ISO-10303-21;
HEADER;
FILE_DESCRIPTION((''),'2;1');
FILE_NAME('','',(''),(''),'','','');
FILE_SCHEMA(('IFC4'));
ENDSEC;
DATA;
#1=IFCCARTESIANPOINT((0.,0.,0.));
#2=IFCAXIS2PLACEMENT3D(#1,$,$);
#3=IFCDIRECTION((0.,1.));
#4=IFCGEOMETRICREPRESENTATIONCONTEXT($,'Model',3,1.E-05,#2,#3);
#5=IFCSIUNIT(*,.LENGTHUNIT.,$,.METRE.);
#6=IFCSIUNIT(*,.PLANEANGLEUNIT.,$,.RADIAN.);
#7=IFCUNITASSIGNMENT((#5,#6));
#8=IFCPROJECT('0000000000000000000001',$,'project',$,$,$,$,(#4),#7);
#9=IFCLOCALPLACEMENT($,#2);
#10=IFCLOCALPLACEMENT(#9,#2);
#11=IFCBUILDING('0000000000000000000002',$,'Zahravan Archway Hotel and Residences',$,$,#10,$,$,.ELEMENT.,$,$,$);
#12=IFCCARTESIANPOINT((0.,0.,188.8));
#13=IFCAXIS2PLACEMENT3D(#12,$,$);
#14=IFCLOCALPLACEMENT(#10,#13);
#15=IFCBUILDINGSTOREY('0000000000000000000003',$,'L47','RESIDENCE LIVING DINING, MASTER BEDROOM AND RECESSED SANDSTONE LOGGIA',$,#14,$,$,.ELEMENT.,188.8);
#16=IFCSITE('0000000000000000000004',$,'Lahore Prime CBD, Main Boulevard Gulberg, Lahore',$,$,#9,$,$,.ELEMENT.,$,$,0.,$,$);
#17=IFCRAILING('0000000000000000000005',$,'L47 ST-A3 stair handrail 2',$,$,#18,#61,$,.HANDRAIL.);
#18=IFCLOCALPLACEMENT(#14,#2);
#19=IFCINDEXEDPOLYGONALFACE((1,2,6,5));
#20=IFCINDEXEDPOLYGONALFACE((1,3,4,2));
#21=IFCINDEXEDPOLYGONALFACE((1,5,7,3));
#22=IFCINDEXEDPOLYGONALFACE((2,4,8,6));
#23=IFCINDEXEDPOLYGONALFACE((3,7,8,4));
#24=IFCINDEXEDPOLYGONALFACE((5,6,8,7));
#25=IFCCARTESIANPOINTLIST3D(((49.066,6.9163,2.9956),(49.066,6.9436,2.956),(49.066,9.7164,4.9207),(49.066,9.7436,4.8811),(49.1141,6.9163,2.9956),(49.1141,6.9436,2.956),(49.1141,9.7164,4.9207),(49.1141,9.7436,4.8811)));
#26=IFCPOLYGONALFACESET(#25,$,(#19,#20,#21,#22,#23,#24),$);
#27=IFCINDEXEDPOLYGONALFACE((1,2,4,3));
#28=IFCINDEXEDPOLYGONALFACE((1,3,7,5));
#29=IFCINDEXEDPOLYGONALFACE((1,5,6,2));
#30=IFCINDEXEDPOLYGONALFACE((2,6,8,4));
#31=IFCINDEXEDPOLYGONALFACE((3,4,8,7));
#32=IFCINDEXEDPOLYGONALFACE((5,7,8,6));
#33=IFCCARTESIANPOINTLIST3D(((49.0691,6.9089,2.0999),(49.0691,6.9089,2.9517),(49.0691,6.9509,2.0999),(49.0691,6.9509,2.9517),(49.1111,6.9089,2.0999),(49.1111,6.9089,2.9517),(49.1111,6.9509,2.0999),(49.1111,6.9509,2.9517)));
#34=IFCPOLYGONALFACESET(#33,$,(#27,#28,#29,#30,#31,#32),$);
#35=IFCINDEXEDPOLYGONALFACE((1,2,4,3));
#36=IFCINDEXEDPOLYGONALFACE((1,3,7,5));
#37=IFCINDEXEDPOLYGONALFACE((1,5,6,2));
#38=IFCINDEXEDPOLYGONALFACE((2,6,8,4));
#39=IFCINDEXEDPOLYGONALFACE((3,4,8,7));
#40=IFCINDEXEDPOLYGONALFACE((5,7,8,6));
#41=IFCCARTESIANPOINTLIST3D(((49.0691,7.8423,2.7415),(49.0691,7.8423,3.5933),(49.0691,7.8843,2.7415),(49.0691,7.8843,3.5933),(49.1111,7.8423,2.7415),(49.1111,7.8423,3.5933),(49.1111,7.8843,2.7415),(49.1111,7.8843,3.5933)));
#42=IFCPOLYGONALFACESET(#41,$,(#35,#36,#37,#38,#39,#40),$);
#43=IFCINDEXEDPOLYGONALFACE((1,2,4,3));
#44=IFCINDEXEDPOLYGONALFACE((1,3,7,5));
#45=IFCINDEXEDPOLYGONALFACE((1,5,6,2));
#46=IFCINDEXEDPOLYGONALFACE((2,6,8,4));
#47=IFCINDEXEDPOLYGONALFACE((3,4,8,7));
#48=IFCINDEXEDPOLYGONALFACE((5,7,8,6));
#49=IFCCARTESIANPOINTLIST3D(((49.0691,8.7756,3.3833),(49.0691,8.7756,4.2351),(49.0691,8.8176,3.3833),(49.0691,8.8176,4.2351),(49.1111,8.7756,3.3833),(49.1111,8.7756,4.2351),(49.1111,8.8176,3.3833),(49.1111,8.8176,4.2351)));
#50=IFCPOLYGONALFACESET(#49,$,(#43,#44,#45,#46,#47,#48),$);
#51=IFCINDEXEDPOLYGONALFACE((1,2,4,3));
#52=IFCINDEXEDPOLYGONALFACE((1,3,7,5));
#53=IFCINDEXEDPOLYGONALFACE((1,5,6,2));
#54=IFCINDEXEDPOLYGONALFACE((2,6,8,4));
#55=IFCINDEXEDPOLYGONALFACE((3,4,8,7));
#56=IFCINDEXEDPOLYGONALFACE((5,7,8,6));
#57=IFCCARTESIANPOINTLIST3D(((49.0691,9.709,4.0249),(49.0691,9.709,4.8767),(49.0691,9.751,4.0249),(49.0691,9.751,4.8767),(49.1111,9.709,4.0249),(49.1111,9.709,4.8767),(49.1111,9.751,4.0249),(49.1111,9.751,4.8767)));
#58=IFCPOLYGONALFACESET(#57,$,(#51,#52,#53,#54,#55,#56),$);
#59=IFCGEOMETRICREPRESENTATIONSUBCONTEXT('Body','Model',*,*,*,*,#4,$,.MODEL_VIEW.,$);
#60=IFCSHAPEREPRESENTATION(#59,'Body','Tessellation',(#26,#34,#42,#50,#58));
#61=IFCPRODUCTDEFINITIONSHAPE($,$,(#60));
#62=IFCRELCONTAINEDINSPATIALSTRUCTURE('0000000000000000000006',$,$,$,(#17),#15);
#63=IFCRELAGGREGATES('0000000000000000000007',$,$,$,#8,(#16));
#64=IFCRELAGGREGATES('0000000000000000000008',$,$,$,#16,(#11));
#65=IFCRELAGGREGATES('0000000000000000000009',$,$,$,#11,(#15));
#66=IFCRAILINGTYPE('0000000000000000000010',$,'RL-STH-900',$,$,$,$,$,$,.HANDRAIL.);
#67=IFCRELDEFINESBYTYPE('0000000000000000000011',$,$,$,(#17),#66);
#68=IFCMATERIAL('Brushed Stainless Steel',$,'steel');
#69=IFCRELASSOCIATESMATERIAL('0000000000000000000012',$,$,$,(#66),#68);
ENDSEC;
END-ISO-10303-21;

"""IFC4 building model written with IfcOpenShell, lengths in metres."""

from ifc_helpers import new_model, si_unit, direction, frame, origin, origin_2d, place, context, subcontext, project, spatial, rectangle, extrude, material, type_object, element, save


model = new_model("IFC4")

# Units and contexts
model_context = context("Model", 3, precision=1e-05, world=origin(), true_north=direction((0.0, 1.0)))
body_context = subcontext(model_context, "Body", "Model", "MODEL_VIEW")
ifc_project = project(units=[si_unit("LENGTHUNIT", "METRE"), si_unit("PLANEANGLEUNIT", "RADIAN")], contexts=[model_context])

# Site, building, storey
site_placement = place(None, origin())
site = spatial("IfcSite", under=ifc_project, at=site_placement, Name="Lahore Prime CBD, Main Boulevard Gulberg, Lahore", CompositionType="ELEMENT", RefElevation=0.0)
building_placement = place(site_placement, origin())
building = spatial("IfcBuilding", under=site, at=building_placement, Name="Zahravan Archway Hotel and Residences", CompositionType="ELEMENT")
storey_placement = place(building_placement, frame((0.0, 0.0, 188.8)))
storey = spatial("IfcBuildingStorey", under=building, at=storey_placement, Name="L47", Description="RESIDENCE LIVING DINING, MASTER BEDROOM AND RECESSED SANDSTONE LOGGIA", CompositionType="ELEMENT", Elevation=188.8)

# Railing
ifc_material_1 = material(Name="Brushed Stainless Steel", Category="steel")
railing_type_1 = type_object("IfcRailingType", Name="RL-STH-900", PredefinedType="HANDRAIL", material=ifc_material_1)
for number, where, name in (
    (1, (49.0901, 6.9299, 2.0999), "L47 ST-A3 stair handrail 2"),
):
    element("IfcRailing", number, at=place(storey_placement, frame(where)), inside=storey, type_object=railing_type_1, Name=name, PredefinedType="HANDRAIL", context=body_context, shape_type="SweptSolid", body=[
        extrude(rectangle(XDim=0.0481, YDim=0.0481, at=origin_2d()), frame((0.0, 0.0, 0.876), z_axis=(0.0, 0.82404, 0.566532), x_axis=(-1.0, 0.0, 0.0)), (0.0, 0.0, 1.0), 3.3979),
        extrude(rectangle(XDim=0.042, YDim=0.042, at=origin_2d()), origin(), (0.0, 0.0, 1.0), 0.8518),
        extrude(rectangle(XDim=0.042, YDim=0.042, at=origin_2d()), frame((0.0, 0.9333, 0.6416)), (0.0, 0.0, 1.0), 0.8518),
        extrude(rectangle(XDim=0.042, YDim=0.042, at=origin_2d()), frame((0.0, 1.8667, 1.2834)), (0.0, 0.0, 1.0), 0.8518),
        extrude(rectangle(XDim=0.042, YDim=0.042, at=origin_2d()), frame((0.0, 2.8, 1.925)), (0.0, 0.0, 1.0), 0.8518),
    ])

save(model, "model.ifc")
